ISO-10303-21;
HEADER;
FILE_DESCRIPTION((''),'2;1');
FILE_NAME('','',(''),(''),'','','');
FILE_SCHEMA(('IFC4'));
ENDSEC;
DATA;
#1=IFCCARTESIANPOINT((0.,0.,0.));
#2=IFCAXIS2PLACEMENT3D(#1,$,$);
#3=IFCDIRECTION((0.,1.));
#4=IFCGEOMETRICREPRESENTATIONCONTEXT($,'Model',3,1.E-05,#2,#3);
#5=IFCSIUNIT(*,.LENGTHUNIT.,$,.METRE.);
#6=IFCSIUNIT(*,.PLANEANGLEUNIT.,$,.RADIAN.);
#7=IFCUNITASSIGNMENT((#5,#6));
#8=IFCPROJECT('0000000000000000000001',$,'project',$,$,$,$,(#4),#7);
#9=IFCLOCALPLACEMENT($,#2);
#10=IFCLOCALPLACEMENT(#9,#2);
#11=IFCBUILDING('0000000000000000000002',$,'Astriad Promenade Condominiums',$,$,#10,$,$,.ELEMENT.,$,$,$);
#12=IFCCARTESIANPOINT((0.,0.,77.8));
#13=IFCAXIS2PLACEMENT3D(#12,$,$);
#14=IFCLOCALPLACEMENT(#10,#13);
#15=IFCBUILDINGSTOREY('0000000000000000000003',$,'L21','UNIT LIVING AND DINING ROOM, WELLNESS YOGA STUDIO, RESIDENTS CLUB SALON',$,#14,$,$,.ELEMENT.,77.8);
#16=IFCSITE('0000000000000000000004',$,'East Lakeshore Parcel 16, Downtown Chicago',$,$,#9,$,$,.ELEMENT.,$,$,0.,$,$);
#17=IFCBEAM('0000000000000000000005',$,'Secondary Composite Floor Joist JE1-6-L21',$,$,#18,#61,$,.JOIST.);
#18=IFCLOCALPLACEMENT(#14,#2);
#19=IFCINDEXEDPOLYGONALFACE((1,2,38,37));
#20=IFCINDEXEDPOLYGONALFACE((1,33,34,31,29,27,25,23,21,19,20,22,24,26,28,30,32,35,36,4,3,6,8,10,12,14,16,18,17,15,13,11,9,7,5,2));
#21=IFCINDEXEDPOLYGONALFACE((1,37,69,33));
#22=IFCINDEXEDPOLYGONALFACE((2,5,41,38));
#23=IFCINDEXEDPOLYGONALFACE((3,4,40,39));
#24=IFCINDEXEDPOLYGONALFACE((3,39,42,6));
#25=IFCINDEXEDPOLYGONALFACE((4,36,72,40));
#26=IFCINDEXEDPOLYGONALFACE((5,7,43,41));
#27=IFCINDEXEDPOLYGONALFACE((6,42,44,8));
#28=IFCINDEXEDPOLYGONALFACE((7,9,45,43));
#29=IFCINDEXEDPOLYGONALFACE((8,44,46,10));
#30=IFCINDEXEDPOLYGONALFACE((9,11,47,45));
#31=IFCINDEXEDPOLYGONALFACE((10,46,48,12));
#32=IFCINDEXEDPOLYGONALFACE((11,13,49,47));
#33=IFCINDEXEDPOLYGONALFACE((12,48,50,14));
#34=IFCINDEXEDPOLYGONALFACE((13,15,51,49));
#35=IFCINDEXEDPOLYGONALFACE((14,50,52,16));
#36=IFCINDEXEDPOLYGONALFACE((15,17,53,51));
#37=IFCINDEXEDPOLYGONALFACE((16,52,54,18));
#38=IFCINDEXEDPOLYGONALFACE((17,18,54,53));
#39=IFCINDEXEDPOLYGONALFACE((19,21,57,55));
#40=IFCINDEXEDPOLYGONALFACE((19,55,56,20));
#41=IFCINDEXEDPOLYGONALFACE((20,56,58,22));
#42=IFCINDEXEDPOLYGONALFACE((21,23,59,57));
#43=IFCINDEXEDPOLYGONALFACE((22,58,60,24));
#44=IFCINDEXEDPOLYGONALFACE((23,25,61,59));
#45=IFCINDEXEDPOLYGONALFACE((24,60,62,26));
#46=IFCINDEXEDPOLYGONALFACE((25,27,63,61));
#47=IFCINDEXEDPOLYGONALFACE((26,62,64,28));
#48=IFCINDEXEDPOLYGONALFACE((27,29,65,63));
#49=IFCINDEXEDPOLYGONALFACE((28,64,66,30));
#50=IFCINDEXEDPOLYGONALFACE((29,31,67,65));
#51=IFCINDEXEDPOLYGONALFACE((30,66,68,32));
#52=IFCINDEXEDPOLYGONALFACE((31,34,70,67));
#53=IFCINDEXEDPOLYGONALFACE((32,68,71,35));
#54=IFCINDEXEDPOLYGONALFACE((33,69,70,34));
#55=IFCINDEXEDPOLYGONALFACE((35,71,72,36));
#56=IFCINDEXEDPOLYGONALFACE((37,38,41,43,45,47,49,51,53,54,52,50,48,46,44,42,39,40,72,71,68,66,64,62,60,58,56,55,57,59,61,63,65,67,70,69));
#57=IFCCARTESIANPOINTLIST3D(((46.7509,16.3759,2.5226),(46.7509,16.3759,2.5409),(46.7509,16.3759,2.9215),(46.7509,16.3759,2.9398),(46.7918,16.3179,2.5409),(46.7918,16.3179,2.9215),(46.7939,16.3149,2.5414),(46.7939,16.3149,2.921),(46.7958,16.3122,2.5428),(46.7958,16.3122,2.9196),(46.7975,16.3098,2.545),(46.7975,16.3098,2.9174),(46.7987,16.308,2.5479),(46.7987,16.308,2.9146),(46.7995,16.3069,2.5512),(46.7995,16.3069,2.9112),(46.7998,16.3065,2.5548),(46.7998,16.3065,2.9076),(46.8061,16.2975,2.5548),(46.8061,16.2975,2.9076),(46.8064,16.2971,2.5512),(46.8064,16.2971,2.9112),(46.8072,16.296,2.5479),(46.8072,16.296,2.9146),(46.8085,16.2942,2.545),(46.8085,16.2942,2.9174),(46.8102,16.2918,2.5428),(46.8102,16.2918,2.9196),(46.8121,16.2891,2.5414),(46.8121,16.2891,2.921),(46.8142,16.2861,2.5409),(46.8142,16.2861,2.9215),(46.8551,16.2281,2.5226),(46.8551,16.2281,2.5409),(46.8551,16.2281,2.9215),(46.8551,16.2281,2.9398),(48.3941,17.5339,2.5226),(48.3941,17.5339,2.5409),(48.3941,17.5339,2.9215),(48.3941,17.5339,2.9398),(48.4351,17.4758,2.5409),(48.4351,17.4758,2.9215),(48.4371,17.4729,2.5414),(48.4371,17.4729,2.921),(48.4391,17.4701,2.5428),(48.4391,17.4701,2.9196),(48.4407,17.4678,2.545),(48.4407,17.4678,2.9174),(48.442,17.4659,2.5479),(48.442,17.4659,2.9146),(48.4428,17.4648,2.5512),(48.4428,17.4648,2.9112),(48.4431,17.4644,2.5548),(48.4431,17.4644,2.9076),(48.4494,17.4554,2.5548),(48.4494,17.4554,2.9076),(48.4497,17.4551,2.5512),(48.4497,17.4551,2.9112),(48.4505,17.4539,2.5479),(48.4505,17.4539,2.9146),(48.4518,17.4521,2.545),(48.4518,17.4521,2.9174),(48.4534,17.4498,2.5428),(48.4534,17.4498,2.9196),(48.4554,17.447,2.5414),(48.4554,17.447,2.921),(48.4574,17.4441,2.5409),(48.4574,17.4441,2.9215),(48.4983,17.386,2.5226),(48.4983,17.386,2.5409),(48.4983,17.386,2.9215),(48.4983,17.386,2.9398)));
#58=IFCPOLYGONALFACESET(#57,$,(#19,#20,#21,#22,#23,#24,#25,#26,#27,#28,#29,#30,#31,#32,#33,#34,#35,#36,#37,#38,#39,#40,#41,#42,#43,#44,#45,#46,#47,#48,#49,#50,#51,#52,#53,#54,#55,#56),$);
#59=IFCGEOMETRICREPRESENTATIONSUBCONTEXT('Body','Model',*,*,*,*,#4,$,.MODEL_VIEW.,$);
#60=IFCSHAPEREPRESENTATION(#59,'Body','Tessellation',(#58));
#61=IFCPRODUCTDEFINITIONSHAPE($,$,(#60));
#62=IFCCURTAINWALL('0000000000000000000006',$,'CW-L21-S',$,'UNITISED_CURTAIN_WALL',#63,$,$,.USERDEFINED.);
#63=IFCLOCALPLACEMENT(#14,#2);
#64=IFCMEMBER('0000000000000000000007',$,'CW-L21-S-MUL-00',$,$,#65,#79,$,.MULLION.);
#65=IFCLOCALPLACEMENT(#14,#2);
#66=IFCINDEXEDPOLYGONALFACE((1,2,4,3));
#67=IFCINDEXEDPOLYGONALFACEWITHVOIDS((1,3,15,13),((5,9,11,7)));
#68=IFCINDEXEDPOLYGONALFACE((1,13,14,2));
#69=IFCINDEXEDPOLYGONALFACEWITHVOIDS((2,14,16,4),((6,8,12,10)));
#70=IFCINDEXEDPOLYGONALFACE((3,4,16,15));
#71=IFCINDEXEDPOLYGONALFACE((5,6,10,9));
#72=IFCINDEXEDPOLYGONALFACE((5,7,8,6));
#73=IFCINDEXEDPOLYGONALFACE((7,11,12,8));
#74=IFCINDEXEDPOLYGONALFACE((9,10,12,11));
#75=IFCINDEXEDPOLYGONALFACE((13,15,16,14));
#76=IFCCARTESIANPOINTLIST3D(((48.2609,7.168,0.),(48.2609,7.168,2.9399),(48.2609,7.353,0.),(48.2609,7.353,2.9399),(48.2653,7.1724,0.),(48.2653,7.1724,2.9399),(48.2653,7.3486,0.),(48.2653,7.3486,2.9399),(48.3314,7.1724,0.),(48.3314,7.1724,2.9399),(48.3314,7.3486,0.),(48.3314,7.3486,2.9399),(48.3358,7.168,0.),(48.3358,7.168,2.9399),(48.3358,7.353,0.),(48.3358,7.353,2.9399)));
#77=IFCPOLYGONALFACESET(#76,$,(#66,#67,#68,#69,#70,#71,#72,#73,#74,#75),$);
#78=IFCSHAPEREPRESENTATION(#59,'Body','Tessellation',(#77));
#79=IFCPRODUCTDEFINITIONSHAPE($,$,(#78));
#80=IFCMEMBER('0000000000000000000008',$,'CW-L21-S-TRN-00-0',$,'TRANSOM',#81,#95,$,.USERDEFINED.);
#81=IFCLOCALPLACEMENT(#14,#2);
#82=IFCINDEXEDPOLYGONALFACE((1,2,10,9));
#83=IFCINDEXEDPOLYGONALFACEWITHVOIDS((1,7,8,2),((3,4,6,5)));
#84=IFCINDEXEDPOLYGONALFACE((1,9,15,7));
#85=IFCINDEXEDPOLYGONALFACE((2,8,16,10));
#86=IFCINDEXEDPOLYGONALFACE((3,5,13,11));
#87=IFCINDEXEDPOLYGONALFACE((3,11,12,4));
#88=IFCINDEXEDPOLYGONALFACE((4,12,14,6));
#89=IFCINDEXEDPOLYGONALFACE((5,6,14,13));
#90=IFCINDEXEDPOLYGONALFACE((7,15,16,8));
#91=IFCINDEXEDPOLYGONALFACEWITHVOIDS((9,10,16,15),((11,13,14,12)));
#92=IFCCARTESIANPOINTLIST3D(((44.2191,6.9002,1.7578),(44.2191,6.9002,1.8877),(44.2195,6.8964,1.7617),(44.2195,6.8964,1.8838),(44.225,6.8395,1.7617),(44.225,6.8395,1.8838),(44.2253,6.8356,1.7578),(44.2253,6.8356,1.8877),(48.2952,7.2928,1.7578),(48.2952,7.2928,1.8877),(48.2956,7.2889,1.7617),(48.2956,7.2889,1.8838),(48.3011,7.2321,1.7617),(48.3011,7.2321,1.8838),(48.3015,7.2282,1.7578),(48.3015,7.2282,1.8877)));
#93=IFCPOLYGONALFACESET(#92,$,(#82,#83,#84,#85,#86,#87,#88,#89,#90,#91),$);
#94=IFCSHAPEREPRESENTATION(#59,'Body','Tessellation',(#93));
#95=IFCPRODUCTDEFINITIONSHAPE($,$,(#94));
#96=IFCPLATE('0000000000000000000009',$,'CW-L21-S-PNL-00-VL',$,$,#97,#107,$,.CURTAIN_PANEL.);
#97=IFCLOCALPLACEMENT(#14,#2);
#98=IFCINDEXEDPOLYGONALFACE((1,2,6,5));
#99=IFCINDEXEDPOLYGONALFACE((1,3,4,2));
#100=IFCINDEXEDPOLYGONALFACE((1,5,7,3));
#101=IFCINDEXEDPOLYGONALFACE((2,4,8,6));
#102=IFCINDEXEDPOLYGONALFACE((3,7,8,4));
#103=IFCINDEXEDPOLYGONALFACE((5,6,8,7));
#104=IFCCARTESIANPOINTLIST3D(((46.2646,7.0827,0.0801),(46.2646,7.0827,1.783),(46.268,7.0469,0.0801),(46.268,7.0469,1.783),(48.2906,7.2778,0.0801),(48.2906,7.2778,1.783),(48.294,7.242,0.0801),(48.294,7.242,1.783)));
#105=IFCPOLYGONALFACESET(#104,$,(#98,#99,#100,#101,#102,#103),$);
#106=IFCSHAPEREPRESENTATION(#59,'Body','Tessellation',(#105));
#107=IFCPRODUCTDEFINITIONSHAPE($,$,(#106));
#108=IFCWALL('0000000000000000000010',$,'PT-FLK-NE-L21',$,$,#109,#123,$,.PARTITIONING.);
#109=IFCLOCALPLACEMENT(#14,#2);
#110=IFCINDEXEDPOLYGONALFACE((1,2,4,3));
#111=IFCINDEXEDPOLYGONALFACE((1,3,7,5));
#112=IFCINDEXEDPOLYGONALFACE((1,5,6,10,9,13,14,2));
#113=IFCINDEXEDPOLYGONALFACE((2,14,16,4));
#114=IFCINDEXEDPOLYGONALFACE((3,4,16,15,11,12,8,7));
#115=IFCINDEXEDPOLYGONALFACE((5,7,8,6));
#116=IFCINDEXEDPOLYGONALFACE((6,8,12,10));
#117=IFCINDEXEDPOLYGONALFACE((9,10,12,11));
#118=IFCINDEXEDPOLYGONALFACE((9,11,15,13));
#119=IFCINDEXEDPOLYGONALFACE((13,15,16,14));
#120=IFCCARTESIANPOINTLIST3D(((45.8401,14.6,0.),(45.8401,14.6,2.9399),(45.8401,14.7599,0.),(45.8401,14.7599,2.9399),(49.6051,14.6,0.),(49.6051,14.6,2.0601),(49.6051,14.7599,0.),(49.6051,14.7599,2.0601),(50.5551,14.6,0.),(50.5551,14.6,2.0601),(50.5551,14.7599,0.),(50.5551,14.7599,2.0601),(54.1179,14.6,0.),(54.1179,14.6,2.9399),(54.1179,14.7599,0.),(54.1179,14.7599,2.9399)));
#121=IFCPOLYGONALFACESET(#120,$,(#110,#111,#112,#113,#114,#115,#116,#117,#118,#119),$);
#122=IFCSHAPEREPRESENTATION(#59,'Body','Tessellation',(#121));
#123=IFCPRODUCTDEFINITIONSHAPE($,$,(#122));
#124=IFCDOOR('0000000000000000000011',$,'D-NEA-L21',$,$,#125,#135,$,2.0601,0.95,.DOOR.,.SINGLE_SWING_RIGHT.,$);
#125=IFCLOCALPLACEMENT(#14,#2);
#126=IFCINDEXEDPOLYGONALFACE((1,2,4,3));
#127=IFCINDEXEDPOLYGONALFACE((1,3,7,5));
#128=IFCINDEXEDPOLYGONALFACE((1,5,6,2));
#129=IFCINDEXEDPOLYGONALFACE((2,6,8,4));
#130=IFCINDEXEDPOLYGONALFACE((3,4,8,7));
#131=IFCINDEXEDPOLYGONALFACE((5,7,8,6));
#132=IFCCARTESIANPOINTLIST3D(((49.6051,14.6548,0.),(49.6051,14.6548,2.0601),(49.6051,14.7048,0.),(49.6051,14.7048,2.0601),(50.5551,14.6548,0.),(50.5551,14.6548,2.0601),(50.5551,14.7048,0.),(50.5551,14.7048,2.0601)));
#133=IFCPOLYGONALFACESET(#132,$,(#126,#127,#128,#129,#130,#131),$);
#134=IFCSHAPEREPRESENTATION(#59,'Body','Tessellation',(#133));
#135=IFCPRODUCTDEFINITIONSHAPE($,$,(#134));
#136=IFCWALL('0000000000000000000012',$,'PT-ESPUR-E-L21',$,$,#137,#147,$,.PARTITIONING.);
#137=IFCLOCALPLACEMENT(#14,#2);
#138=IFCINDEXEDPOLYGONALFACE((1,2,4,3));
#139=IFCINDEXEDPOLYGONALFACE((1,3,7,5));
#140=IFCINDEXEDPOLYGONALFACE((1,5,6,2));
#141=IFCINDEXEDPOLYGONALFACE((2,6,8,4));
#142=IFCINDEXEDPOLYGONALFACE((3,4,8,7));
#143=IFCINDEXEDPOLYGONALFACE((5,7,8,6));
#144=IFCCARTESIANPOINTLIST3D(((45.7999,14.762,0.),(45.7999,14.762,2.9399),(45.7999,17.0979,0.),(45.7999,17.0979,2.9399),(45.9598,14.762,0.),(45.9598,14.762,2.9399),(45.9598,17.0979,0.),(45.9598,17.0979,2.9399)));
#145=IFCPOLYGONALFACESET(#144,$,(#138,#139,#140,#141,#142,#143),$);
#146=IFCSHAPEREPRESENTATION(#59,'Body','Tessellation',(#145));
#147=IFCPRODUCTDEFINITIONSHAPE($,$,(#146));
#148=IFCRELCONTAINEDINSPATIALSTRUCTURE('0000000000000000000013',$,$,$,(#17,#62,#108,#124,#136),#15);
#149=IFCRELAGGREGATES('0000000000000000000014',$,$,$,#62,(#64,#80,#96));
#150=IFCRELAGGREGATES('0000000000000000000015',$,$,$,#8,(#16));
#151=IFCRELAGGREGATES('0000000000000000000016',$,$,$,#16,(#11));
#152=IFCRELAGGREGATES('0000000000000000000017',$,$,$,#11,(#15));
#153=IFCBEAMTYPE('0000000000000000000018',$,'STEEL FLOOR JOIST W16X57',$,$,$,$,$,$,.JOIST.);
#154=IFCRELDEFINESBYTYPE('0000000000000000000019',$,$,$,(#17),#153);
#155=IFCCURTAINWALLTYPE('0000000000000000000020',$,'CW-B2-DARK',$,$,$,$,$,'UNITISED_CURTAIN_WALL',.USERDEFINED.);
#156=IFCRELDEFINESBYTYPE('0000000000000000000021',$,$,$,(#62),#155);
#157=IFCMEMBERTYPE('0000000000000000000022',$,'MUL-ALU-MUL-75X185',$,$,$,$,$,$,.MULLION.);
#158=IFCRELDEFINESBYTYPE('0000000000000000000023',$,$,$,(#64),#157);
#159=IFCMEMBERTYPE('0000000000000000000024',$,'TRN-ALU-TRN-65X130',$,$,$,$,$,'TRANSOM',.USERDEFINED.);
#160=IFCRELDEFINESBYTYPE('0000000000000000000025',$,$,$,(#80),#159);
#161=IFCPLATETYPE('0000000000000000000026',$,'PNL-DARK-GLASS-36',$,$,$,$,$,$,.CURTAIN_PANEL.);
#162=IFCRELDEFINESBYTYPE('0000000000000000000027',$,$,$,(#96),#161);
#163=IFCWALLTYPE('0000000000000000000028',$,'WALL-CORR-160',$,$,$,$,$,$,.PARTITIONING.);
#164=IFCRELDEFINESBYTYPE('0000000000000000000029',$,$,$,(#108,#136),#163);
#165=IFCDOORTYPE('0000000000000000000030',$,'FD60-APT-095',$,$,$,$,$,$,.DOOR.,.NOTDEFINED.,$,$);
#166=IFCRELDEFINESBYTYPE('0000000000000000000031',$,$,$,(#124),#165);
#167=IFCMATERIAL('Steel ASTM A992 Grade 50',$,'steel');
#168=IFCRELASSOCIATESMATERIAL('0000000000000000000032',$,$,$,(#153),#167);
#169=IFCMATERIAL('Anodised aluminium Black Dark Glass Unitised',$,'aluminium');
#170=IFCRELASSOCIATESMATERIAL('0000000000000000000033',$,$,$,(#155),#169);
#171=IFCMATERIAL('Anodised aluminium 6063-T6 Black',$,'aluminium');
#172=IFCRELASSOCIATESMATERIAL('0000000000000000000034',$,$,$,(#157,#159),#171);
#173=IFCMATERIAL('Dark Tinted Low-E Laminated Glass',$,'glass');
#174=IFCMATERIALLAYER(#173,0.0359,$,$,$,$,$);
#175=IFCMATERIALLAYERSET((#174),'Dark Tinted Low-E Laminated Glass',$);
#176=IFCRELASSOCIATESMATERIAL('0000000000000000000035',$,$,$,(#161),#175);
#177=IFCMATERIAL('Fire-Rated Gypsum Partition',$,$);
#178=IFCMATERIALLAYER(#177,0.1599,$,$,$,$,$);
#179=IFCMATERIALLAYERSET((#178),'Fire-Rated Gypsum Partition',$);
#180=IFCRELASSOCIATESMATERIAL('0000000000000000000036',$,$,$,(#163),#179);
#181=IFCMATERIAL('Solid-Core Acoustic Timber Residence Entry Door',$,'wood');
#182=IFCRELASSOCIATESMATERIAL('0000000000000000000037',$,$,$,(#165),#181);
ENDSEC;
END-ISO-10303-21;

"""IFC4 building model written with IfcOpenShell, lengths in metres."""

from ifc_helpers import new_model, si_unit, direction, frame, frame_2d, origin, origin_2d, place, context, subcontext, project, spatial, rectangle, hollow_rectangle, i_section, extrude, source, transform, mapped, material, layer, layer_set, material_profile, profile_set, type_object, type_shapes, element, fill, aggregate, save


model = new_model("IFC4")

# Units and contexts
model_context = context("Model", 3, precision=1e-05, world=origin(), true_north=direction((0.0, 1.0)))
body_context = subcontext(model_context, "Body", "Model", "MODEL_VIEW")
ifc_project = project(units=[si_unit("LENGTHUNIT", "METRE"), si_unit("PLANEANGLEUNIT", "RADIAN")], contexts=[model_context])

# Site, building, storey
site_placement = place(None, origin())
site = spatial("IfcSite", under=ifc_project, at=site_placement, Name="East Lakeshore Parcel 16, Downtown Chicago", CompositionType="ELEMENT", RefElevation=0.0)
building_placement = place(site_placement, origin())
building = spatial("IfcBuilding", under=site, at=building_placement, Name="Astriad Promenade Condominiums", CompositionType="ELEMENT")
storey_placement = place(building_placement, frame((0.0, 0.0, 77.8)))
storey = spatial("IfcBuildingStorey", under=building, at=storey_placement, Name="L21", Description="UNIT LIVING AND DINING ROOM, WELLNESS YOGA STUDIO, RESIDENTS CLUB SALON", CompositionType="ELEMENT", Elevation=77.8)

# Shared definitions
ifc_material_1 = material(Name="Steel ASTM A992 Grade 50", Category="steel")

# Beam
ifc_material_profile_1 = material_profile(ifc_material_1, i_section(OverallWidth=0.1809, OverallDepth=0.4172, WebThickness=0.011, FlangeThickness=0.0183, FilletRadius=0.0139, at=origin_2d()), Name="W16X57")
ifc_profile_set_1 = profile_set([ifc_material_profile_1], Name="Steel ASTM A992 Grade 50")
beam_type_1 = type_object("IfcBeamType", Name="STEEL FLOOR JOIST W16X57", PredefinedType="JOIST", material=ifc_profile_set_1)
shared_shape_1 = source(origin(), body_context, "Body", "SweptSolid", [
    extrude(i_section(OverallWidth=0.1809, OverallDepth=0.4172, WebThickness=0.011, FlangeThickness=0.0183, FilletRadius=0.0139, at=origin_2d()), origin(), (0.0, 0.0, 1.0), 2.0103),
])
beam_1_placement = place(storey_placement, frame((46.803, 16.302, 2.7312), z_axis=(0.817442, 0.576011, 0.0), x_axis=(-0.576011, 0.817442, 0.0)))
element("IfcBeam", 1, at=beam_1_placement, inside=storey, type_object=beam_type_1, Name="Secondary Composite Floor Joist JE1-6-L21", PredefinedType="JOIST", context=body_context, shape_type="MappedRepresentation", body=[
    mapped(shared_shape_1, transform((0.0, 0.0, 0.0), scale=1.0)),
])

# Curtain wall, members, plate
ifc_material_2 = material(Name="Anodised aluminium Black Dark Glass Unitised", Category="aluminium")
curtain_wall_type = type_object("IfcCurtainWallType", Name="CW-B2-DARK", ElementType="UNITISED_CURTAIN_WALL", PredefinedType="USERDEFINED", material=ifc_material_2)
curtain_wall_placement = place(storey_placement, origin())
curtain_wall = element("IfcCurtainWall", 2, at=curtain_wall_placement, inside=storey, type_object=curtain_wall_type, Name="CW-L21-S", ObjectType="UNITISED_CURTAIN_WALL", PredefinedType="USERDEFINED")
ifc_material_3 = material(Name="Anodised aluminium 6063-T6 Black", Category="aluminium")
ifc_material_profile_2 = material_profile(ifc_material_3, hollow_rectangle(XDim=0.075, YDim=0.1851, WallThickness=0.0044, at=origin_2d()), Name="ALU-MUL-75X185")
ifc_profile_set_2 = profile_set([ifc_material_profile_2], Name="Anodised aluminium 6063-T6 Black")
member_type_1 = type_object("IfcMemberType", Name="MUL-ALU-MUL-75X185", PredefinedType="MULLION", material=ifc_profile_set_2)
shared_shape_2 = source(origin(), body_context, "Body", "SweptSolid", [
    extrude(hollow_rectangle(XDim=0.075, YDim=0.1851, WallThickness=0.0044, at=origin_2d()), origin(), (0.0, 0.0, 1.0), 2.9399),
])
type_shapes(member_type_1, [shared_shape_2])
member_1_placement = place(storey_placement, frame((48.2983, 7.2605, 0.0), z_axis=(0.0, 0.0, 1.0), x_axis=(1.0, 0.0, 0.0)))
member_1 = element("IfcMember", 3, at=member_1_placement, type_object=member_type_1, Name="CW-L21-S-MUL-00", PredefinedType="MULLION", context=body_context, shape_type="MappedRepresentation", body=[
    mapped(shared_shape_2, transform((0.0, 0.0, 0.0), scale=1.0)),
])
ifc_material_profile_3 = material_profile(ifc_material_3, hollow_rectangle(XDim=0.0649, YDim=0.1299, WallThickness=0.0039, at=origin_2d()), Name="ALU-TRN-65X130")
ifc_profile_set_3 = profile_set([ifc_material_profile_3], Name="Anodised aluminium 6063-T6 Black")
member_type_2 = type_object("IfcMemberType", Name="TRN-ALU-TRN-65X130", ElementType="TRANSOM", PredefinedType="USERDEFINED", material=ifc_profile_set_3)
shared_shape_3 = source(origin(), body_context, "Body", "SweptSolid", [
    extrude(hollow_rectangle(XDim=0.0649, YDim=0.1299, WallThickness=0.0039, at=origin_2d()), origin(), (0.0, 0.0, 1.0), 4.095),
])
type_shapes(member_type_2, [shared_shape_3])
member_2_placement = place(storey_placement, frame((48.2983, 7.2605, 1.8228), z_axis=(-0.995394, -0.095867, 0.0), x_axis=(0.095867, -0.995394, 0.0)))
member_2 = element("IfcMember", 4, at=member_2_placement, type_object=member_type_2, Name="CW-L21-S-TRN-00-0", ObjectType="TRANSOM", PredefinedType="USERDEFINED", context=body_context, shape_type="MappedRepresentation", body=[
    mapped(shared_shape_3, transform((0.0, 0.0, 0.0), scale=1.0)),
])
ifc_material_4 = material(Name="Dark Tinted Low-E Laminated Glass", Category="glass")
ifc_layer_1 = layer(ifc_material_4, 0.0359)
ifc_layer_set_1 = layer_set([ifc_layer_1], Name="Dark Tinted Low-E Laminated Glass")
plate_type = type_object("IfcPlateType", Name="PNL-DARK-GLASS-36", PredefinedType="CURTAIN_PANEL", material=ifc_layer_set_1)
shared_shape_4 = source(origin(), body_context, "Body", "SweptSolid", [
    extrude(rectangle(XDim=2.0354, YDim=0.0359, at=origin_2d()), origin(), (0.0, 0.0, 1.0), 1.7029),
])
type_shapes(plate_type, [shared_shape_4])
plate_placement = place(storey_placement, frame((47.2793, 7.1624, 0.0801), z_axis=(0.0, 0.0, 1.0), x_axis=(-0.995396, -0.095846, 0.0)))
plate = element("IfcPlate", 5, at=plate_placement, type_object=plate_type, Name="CW-L21-S-PNL-00-VL", PredefinedType="CURTAIN_PANEL", context=body_context, shape_type="MappedRepresentation", body=[
    mapped(shared_shape_4, transform((0.0, 0.0, 0.0), scale=1.0)),
])
aggregate(curtain_wall, [member_1, member_2, plate])

# Wall, opening, door
ifc_material_5 = material(Name="Fire-Rated Gypsum Partition")
ifc_layer_2 = layer(ifc_material_5, 0.1599)
ifc_layer_set_2 = layer_set([ifc_layer_2], Name="Fire-Rated Gypsum Partition")
wall_type_1 = type_object("IfcWallType", Name="WALL-CORR-160", PredefinedType="PARTITIONING", material=ifc_layer_set_2)
wall_1_placement = place(storey_placement, frame((45.8401, 14.6799, 0.0), z_axis=(0.0, 0.0, 1.0), x_axis=(1.0, 0.0, 0.0)))
wall_1 = element("IfcWall", 6, at=wall_1_placement, inside=storey, type_object=wall_type_1, Name="PT-FLK-NE-L21", PredefinedType="PARTITIONING", context=body_context, shape_type="SweptSolid", body=[
    extrude(rectangle(XDim=8.2778, YDim=0.1599, at=frame_2d((4.1389, 0.0))), origin(), (0.0, 0.0, 1.0), 2.9399),
])
opening_1_placement = place(wall_1_placement, frame((3.7649, 0.0, 0.0)))
opening_1 = element("IfcOpeningElement", 7, at=opening_1_placement, cuts=wall_1, PredefinedType="OPENING", context=body_context, shape_type="SweptSolid", body=[
    extrude(rectangle(XDim=0.95, YDim=2.0601, at=frame_2d((0.4751, 1.03))), frame((0.0, 0.0898, 0.0), z_axis=(0.0, -1.0, 0.0), x_axis=(1.0, 0.0, 0.0)), (0.0, 0.0, 1.0), 0.1799),
])
ifc_material_6 = material(Name="Solid-Core Acoustic Timber Residence Entry Door", Category="wood")
door_type_1 = type_object("IfcDoorType", Name="FD60-APT-095", OperationType="NOTDEFINED", PredefinedType="DOOR", material=ifc_material_6)
shared_shape_5 = source(origin(), body_context, "Body", "SweptSolid", [
    extrude(rectangle(XDim=0.95, YDim=2.0601, at=frame_2d((0.4751, 1.03))), frame((0.0, 0.0249, 0.0), z_axis=(0.0, -1.0, 0.0), x_axis=(1.0, 0.0, 0.0)), (0.0, 0.0, 1.0), 0.05),
])
type_shapes(door_type_1, [shared_shape_5])
door_1_placement = place(opening_1_placement, origin())
door_1 = element("IfcDoor", 8, at=door_1_placement, inside=storey, type_object=door_type_1, Name="D-NEA-L21", OperationType="SINGLE_SWING_RIGHT", OverallHeight=2.0601, OverallWidth=0.95, PredefinedType="DOOR", context=body_context, shape_type="MappedRepresentation", body=[
    mapped(shared_shape_5, transform((0.0, 0.0, 0.0), scale=1.0)),
])
fill(opening_1, door_1)

# Wall
wall_2_placement = place(storey_placement, frame((45.8799, 14.762, 0.0), z_axis=(0.0, 0.0, 1.0), x_axis=(0.0, 1.0, 0.0)))
element("IfcWall", 9, at=wall_2_placement, inside=storey, type_object=wall_type_1, Name="PT-ESPUR-E-L21", PredefinedType="PARTITIONING", context=body_context, shape_type="SweptSolid", body=[
    extrude(rectangle(XDim=2.3359, YDim=0.1599, at=frame_2d((1.168, 0.0))), origin(), (0.0, 0.0, 1.0), 2.9399),
])

save(model, "model.ifc")
